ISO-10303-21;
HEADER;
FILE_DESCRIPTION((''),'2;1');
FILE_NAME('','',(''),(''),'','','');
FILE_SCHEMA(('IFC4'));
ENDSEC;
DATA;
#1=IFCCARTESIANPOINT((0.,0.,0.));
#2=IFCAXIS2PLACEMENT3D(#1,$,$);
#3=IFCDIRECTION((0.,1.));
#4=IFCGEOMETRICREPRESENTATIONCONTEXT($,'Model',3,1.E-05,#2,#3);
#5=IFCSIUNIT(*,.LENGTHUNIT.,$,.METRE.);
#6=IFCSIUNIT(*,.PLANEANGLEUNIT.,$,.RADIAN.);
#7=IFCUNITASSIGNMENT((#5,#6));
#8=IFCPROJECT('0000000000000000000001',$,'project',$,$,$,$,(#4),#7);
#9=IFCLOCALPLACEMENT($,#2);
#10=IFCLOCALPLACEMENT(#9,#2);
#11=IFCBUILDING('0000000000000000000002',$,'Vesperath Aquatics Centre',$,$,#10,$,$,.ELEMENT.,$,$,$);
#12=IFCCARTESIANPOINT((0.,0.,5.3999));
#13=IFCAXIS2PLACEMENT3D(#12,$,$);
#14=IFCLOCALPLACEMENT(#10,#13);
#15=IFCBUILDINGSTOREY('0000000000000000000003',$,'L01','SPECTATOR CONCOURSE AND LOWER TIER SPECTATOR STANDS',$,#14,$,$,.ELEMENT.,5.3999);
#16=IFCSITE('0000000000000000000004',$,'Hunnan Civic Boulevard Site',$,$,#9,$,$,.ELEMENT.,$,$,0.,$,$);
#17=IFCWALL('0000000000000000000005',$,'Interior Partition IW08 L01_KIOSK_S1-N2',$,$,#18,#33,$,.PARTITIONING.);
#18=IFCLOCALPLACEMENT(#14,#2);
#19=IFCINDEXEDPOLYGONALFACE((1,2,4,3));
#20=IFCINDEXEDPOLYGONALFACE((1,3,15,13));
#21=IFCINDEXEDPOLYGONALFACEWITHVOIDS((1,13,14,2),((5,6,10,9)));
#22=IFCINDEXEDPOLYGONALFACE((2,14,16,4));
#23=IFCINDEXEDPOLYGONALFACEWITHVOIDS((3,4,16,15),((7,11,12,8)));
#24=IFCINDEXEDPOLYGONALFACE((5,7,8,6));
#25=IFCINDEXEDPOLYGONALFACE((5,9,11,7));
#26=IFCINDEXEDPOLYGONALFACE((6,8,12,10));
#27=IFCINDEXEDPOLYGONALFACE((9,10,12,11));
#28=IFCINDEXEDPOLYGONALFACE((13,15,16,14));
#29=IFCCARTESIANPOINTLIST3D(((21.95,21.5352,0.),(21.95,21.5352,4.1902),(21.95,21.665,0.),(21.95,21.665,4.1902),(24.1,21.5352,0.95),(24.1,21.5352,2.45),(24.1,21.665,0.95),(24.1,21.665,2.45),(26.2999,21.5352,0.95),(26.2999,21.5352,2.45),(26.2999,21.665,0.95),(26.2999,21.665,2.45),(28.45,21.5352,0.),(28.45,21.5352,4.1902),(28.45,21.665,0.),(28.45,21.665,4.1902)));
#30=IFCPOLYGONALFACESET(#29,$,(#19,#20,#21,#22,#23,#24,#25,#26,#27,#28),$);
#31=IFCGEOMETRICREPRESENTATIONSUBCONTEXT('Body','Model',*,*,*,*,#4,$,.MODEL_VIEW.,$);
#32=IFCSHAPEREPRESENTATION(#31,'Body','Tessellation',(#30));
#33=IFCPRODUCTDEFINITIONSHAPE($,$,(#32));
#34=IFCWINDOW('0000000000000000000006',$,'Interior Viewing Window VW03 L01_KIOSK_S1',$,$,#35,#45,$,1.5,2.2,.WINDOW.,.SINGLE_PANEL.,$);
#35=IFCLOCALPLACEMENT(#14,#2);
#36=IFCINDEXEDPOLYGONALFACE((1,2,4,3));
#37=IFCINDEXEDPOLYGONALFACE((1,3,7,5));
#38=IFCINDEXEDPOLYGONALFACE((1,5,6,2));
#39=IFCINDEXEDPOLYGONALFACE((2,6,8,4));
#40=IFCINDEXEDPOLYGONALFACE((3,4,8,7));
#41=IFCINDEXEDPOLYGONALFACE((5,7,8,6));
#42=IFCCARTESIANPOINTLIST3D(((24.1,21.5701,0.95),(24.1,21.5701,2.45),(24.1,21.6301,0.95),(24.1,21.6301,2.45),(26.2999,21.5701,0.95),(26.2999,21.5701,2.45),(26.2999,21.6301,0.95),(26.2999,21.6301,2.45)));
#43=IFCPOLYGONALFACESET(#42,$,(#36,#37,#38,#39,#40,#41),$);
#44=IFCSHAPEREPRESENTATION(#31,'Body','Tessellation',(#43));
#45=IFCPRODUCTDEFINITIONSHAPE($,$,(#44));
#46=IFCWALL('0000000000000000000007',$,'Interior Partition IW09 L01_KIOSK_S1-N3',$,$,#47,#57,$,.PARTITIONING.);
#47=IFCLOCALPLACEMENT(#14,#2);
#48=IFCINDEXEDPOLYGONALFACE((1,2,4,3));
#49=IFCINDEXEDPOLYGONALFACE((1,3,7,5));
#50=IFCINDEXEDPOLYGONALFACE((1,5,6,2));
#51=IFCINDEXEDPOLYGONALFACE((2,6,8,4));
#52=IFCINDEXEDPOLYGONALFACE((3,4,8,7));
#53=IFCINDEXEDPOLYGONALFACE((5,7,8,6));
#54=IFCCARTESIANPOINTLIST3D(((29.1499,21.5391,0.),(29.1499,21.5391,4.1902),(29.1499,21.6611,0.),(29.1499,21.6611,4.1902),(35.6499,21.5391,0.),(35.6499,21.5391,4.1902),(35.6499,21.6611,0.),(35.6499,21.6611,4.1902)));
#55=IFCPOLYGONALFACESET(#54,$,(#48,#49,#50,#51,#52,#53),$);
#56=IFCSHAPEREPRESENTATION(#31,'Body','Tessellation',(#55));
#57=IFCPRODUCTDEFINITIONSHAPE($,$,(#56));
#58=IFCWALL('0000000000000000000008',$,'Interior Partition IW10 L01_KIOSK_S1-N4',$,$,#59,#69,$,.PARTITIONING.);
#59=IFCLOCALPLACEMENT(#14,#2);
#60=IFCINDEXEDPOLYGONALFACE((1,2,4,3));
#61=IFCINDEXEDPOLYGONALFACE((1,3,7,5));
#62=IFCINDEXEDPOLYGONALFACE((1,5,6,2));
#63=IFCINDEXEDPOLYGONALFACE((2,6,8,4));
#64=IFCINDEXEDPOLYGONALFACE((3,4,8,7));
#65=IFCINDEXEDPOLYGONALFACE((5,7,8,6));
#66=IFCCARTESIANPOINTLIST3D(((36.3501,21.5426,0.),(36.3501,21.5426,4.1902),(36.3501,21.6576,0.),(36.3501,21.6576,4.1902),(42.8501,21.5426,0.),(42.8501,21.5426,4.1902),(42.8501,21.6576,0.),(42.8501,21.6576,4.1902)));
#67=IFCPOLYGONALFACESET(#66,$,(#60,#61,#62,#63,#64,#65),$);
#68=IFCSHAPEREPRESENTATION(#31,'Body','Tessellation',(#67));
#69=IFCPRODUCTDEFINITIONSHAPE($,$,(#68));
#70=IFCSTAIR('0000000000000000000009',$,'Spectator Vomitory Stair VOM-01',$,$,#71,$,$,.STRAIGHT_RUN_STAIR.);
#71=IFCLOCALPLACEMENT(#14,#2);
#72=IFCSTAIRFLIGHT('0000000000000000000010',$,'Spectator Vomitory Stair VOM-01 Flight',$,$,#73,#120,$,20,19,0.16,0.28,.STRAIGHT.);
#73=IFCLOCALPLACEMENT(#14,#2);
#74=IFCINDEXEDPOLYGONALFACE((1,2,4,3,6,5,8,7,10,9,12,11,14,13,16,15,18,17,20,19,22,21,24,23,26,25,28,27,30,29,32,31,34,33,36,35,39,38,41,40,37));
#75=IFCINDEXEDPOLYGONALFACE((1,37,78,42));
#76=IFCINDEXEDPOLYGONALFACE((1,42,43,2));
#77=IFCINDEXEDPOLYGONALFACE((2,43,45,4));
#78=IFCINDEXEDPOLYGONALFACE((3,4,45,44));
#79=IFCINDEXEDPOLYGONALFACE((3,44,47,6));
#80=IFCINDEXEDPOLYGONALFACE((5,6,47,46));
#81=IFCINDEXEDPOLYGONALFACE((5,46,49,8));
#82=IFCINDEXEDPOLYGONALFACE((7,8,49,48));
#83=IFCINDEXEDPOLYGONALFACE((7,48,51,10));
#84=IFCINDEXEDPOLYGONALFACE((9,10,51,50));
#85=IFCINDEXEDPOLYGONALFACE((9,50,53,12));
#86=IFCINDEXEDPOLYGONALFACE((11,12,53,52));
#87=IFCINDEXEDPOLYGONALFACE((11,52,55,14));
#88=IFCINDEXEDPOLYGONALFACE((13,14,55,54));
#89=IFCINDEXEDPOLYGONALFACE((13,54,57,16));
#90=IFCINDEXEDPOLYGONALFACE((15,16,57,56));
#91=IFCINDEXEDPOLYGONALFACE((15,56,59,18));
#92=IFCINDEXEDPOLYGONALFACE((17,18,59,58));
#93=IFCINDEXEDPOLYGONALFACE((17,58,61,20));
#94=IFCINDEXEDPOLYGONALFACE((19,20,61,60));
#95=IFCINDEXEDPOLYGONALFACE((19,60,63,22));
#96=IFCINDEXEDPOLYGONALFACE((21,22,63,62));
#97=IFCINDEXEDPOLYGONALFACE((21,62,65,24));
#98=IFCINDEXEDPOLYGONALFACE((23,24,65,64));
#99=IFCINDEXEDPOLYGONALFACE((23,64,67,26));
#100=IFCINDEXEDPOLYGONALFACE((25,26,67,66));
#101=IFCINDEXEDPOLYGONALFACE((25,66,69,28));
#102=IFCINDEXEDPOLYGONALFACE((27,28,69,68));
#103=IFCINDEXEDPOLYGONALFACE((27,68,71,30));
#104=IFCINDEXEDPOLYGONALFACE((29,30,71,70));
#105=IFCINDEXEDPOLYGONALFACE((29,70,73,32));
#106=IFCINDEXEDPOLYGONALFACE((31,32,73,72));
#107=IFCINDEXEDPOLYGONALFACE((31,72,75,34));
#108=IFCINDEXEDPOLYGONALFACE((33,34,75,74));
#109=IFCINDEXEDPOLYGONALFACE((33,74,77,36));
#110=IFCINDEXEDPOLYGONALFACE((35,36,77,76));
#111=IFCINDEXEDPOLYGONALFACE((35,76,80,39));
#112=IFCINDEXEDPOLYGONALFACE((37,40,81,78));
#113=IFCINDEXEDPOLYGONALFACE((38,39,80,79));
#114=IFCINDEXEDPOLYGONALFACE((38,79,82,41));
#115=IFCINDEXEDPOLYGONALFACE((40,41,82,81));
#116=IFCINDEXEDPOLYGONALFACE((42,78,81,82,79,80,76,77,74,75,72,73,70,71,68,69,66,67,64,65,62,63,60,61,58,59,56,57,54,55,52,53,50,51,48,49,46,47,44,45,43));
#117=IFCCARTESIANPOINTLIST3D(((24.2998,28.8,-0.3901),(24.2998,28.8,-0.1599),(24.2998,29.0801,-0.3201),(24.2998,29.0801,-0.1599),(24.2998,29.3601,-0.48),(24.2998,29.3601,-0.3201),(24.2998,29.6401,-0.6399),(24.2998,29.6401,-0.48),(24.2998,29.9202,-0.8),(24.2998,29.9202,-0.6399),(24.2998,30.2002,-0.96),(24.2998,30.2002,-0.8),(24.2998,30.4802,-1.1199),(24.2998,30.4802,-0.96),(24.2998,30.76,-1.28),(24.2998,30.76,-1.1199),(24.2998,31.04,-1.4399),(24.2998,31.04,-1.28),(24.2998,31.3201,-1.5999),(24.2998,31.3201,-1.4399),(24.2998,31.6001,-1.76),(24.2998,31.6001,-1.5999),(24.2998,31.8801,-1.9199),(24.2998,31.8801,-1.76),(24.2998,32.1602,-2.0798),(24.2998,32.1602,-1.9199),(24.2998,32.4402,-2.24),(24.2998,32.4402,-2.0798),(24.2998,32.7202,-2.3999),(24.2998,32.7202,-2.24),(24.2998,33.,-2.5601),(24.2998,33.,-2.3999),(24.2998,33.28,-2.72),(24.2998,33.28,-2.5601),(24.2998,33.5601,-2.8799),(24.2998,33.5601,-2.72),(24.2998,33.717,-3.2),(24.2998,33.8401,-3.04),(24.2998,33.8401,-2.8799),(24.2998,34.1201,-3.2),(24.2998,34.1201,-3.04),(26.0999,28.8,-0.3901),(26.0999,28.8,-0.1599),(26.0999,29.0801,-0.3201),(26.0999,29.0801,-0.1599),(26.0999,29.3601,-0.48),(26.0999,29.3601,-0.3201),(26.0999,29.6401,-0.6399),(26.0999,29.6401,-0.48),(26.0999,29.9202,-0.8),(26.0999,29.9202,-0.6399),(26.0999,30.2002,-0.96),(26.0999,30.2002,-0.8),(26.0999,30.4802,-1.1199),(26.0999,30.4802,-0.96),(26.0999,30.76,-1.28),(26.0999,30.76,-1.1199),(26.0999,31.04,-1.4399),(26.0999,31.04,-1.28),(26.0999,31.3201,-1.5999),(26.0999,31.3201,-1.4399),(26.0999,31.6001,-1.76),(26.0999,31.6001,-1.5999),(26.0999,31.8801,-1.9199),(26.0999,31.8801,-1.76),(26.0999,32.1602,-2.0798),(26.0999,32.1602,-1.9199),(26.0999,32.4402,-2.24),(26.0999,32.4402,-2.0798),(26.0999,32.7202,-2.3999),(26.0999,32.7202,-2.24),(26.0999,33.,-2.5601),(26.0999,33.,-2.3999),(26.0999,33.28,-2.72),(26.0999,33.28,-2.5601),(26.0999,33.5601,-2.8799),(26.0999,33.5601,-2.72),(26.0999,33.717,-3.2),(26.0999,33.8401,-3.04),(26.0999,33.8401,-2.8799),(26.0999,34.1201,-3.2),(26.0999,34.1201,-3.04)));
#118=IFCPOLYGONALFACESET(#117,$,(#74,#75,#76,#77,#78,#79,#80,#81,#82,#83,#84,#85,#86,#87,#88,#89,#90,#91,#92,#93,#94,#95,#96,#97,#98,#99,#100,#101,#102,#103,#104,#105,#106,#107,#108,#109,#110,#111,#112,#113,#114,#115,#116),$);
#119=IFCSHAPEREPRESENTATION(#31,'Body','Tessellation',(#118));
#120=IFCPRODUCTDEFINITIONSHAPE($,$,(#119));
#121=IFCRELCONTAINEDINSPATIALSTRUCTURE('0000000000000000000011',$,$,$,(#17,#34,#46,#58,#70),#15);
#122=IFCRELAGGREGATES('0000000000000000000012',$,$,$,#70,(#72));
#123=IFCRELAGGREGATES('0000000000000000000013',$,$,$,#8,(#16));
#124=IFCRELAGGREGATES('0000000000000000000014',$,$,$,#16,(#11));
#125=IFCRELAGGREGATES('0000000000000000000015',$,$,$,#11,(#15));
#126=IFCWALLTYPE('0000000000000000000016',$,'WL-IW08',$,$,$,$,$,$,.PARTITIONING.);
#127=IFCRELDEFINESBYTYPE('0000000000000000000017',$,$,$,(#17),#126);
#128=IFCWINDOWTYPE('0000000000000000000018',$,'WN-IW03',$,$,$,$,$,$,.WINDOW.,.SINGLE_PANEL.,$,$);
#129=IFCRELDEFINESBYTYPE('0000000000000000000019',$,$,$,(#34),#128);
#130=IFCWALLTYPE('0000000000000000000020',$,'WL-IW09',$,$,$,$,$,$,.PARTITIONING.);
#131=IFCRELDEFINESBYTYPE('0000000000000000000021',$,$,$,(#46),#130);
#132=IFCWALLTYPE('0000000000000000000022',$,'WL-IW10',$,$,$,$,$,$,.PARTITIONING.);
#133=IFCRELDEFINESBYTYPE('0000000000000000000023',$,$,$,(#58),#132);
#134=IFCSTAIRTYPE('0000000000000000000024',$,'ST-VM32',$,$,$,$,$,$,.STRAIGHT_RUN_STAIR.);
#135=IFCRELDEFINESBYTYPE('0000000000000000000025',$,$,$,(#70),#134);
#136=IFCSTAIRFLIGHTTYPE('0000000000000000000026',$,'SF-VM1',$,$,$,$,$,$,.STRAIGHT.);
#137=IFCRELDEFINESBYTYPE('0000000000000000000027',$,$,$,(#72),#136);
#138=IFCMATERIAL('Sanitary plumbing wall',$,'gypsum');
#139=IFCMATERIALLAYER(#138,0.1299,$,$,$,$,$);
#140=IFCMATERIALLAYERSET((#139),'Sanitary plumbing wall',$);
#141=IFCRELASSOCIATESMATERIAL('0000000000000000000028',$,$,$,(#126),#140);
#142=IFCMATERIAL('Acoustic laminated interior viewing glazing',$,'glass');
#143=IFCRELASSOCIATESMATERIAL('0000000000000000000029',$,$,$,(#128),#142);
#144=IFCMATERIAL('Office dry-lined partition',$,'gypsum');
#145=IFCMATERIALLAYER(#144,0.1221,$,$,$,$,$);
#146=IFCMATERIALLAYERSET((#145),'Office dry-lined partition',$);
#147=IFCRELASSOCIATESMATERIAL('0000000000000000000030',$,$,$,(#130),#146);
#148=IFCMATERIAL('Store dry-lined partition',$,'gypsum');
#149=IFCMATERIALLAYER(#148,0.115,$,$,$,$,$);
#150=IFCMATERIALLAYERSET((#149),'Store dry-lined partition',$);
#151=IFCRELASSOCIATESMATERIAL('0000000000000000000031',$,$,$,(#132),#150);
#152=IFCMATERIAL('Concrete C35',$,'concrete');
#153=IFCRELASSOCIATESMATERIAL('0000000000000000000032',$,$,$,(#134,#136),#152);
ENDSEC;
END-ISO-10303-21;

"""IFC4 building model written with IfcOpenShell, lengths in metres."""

from ifc_helpers import new_model, si_unit, direction, frame, frame_2d, origin, place, context, subcontext, project, spatial, polyline, rectangle, outline, extrude, material, layer, layer_set, type_object, element, fill, aggregate, save


model = new_model("IFC4")

# Units and contexts
model_context = context("Model", 3, precision=1e-05, world=origin(), true_north=direction((0.0, 1.0)))
body_context = subcontext(model_context, "Body", "Model", "MODEL_VIEW")
ifc_project = project(units=[si_unit("LENGTHUNIT", "METRE"), si_unit("PLANEANGLEUNIT", "RADIAN")], contexts=[model_context])

# Site, building, storey
site_placement = place(None, origin())
site = spatial("IfcSite", under=ifc_project, at=site_placement, Name="Hunnan Civic Boulevard Site", CompositionType="ELEMENT", RefElevation=0.0)
building_placement = place(site_placement, origin())
building = spatial("IfcBuilding", under=site, at=building_placement, Name="Vesperath Aquatics Centre", CompositionType="ELEMENT")
storey_placement = place(building_placement, frame((0.0, 0.0, 5.3999)))
storey = spatial("IfcBuildingStorey", under=building, at=storey_placement, Name="L01", Description="SPECTATOR CONCOURSE AND LOWER TIER SPECTATOR STANDS", CompositionType="ELEMENT", Elevation=5.3999)

# Shared definitions
ifc_material_1 = material(Name="Concrete C35", Category="concrete")

# Wall, opening, window
ifc_material_2 = material(Name="Sanitary plumbing wall", Category="gypsum")
ifc_layer_1 = layer(ifc_material_2, 0.1299)
ifc_layer_set_1 = layer_set([ifc_layer_1], Name="Sanitary plumbing wall")
wall_type_1 = type_object("IfcWallType", Name="WL-IW08", PredefinedType="PARTITIONING", material=ifc_layer_set_1)
wall_1_placement = place(storey_placement, frame((21.95, 21.6001, 0.0), z_axis=(0.0, 0.0, 1.0), x_axis=(1.0, 0.0, 0.0)))
wall_1 = element("IfcWall", 1, at=wall_1_placement, inside=storey, type_object=wall_type_1, Name="Interior Partition IW08 L01_KIOSK_S1-N2", PredefinedType="PARTITIONING", context=body_context, shape_type="SweptSolid", body=[
    extrude(rectangle(XDim=6.5, YDim=0.1299, at=frame_2d((3.25, 0.0))), origin(), (0.0, 0.0, 1.0), 4.1902),
])
opening_placement = place(wall_1_placement, frame((2.1499, 0.0, 0.95)))
opening = element("IfcOpeningElement", 2, at=opening_placement, cuts=wall_1, PredefinedType="OPENING", context=body_context, shape_type="SweptSolid", body=[
    extrude(rectangle(XDim=2.2, YDim=1.5, at=frame_2d((1.1001, 0.75))), frame((0.0, 0.0798, 0.0), z_axis=(0.0, -1.0, 0.0), x_axis=(1.0, 0.0, 0.0)), (0.0, 0.0, 1.0), 0.1597),
])
ifc_material_3 = material(Name="Acoustic laminated interior viewing glazing", Category="glass")
window_type = type_object("IfcWindowType", Name="WN-IW03", PartitioningType="SINGLE_PANEL", PredefinedType="WINDOW", material=ifc_material_3)
window_placement = place(opening_placement, origin())
window = element("IfcWindow", 3, at=window_placement, inside=storey, type_object=window_type, Name="Interior Viewing Window VW03 L01_KIOSK_S1", OverallHeight=1.5, OverallWidth=2.2, PartitioningType="SINGLE_PANEL", PredefinedType="WINDOW", context=body_context, shape_type="SweptSolid", body=[
    extrude(rectangle(XDim=2.2, YDim=1.5, at=frame_2d((1.1001, 0.75))), frame((0.0, 0.03, 0.0), z_axis=(0.0, -1.0, 0.0), x_axis=(1.0, 0.0, 0.0)), (0.0, 0.0, 1.0), 0.0601),
])
fill(opening, window)

# Walls
ifc_material_4 = material(Name="Office dry-lined partition", Category="gypsum")
ifc_layer_2 = layer(ifc_material_4, 0.1221)
ifc_layer_set_2 = layer_set([ifc_layer_2], Name="Office dry-lined partition")
wall_type_2 = type_object("IfcWallType", Name="WL-IW09", PredefinedType="PARTITIONING", material=ifc_layer_set_2)
wall_2_placement = place(storey_placement, frame((29.1499, 21.6001, 0.0), z_axis=(0.0, 0.0, 1.0), x_axis=(1.0, 0.0, 0.0)))
element("IfcWall", 4, at=wall_2_placement, inside=storey, type_object=wall_type_2, Name="Interior Partition IW09 L01_KIOSK_S1-N3", PredefinedType="PARTITIONING", context=body_context, shape_type="SweptSolid", body=[
    extrude(rectangle(XDim=6.5, YDim=0.1221, at=frame_2d((3.25, 0.0))), origin(), (0.0, 0.0, 1.0), 4.1902),
])
ifc_material_5 = material(Name="Store dry-lined partition", Category="gypsum")
ifc_layer_3 = layer(ifc_material_5, 0.115)
ifc_layer_set_3 = layer_set([ifc_layer_3], Name="Store dry-lined partition")
wall_type_3 = type_object("IfcWallType", Name="WL-IW10", PredefinedType="PARTITIONING", material=ifc_layer_set_3)
wall_3_placement = place(storey_placement, frame((36.3501, 21.6001, 0.0), z_axis=(0.0, 0.0, 1.0), x_axis=(1.0, 0.0, 0.0)))
element("IfcWall", 5, at=wall_3_placement, inside=storey, type_object=wall_type_3, Name="Interior Partition IW10 L01_KIOSK_S1-N4", PredefinedType="PARTITIONING", context=body_context, shape_type="SweptSolid", body=[
    extrude(rectangle(XDim=6.5, YDim=0.115, at=frame_2d((3.25, 0.0))), origin(), (0.0, 0.0, 1.0), 4.1902),
])

# Stair, stair flight
stair_type = type_object("IfcStairType", Name="ST-VM32", PredefinedType="STRAIGHT_RUN_STAIR", material=ifc_material_1)
stair_placement = place(storey_placement, origin())
stair = element("IfcStair", 6, at=stair_placement, inside=storey, type_object=stair_type, Name="Spectator Vomitory Stair VOM-01", PredefinedType="STRAIGHT_RUN_STAIR")
stair_flight_type = type_object("IfcStairFlightType", Name="SF-VM1", PredefinedType="STRAIGHT", material=ifc_material_1)
stair_flight_placement = place(storey_placement, frame((25.2, 34.1201, -3.2), z_axis=(0.0, 0.0, 1.0), x_axis=(0.0, -1.0, 0.0)))
stair_flight = element("IfcStairFlight", 7, at=stair_flight_placement, type_object=stair_flight_type, Name="Spectator Vomitory Stair VOM-01 Flight", NumberOfRisers=20, NumberOfTreads=19, PredefinedType="STRAIGHT", RiserHeight=0.16, TreadLength=0.28, context=body_context, shape_type="SweptSolid", body=[
    extrude(outline(polyline([(0.0, 0.0), (0.0, 0.1599), (0.28, 0.1599), (0.28, 0.3201), (0.5601, 0.3201), (0.5601, 0.48), (0.8401, 0.48), (0.8401, 0.6399), (1.1201, 0.6399), (1.1201, 0.8), (1.3999, 0.8), (1.3999, 0.96), (1.6799, 0.96), (1.6799, 1.1201), (1.96, 1.1201), (1.96, 1.28), (2.24, 1.28), (2.24, 1.4399), (2.52, 1.4399), (2.52, 1.6001), (2.8, 1.6001), (2.8, 1.76), (3.0801, 1.76), (3.0801, 1.9199), (3.3601, 1.9199), (3.3601, 2.0801), (3.6399, 2.0801), (3.6399, 2.24), (3.9199, 2.24), (3.9199, 2.3999), (4.2, 2.3999), (4.2, 2.5601), (4.48, 2.5601), (4.48, 2.72), (4.76, 2.72), (4.76, 2.8799), (5.04, 2.8799), (5.04, 3.04), (5.3201, 3.04), (5.3201, 3.2), (5.3201, 2.8098), (0.4031, 0.0), (0.0, 0.0)])), frame((0.0, 0.8999, 0.0), z_axis=(0.0, -1.0, 0.0), x_axis=(1.0, 0.0, 0.0)), (0.0, 0.0, 1.0), 1.8),
])
aggregate(stair, [stair_flight])

save(model, "model.ifc")
